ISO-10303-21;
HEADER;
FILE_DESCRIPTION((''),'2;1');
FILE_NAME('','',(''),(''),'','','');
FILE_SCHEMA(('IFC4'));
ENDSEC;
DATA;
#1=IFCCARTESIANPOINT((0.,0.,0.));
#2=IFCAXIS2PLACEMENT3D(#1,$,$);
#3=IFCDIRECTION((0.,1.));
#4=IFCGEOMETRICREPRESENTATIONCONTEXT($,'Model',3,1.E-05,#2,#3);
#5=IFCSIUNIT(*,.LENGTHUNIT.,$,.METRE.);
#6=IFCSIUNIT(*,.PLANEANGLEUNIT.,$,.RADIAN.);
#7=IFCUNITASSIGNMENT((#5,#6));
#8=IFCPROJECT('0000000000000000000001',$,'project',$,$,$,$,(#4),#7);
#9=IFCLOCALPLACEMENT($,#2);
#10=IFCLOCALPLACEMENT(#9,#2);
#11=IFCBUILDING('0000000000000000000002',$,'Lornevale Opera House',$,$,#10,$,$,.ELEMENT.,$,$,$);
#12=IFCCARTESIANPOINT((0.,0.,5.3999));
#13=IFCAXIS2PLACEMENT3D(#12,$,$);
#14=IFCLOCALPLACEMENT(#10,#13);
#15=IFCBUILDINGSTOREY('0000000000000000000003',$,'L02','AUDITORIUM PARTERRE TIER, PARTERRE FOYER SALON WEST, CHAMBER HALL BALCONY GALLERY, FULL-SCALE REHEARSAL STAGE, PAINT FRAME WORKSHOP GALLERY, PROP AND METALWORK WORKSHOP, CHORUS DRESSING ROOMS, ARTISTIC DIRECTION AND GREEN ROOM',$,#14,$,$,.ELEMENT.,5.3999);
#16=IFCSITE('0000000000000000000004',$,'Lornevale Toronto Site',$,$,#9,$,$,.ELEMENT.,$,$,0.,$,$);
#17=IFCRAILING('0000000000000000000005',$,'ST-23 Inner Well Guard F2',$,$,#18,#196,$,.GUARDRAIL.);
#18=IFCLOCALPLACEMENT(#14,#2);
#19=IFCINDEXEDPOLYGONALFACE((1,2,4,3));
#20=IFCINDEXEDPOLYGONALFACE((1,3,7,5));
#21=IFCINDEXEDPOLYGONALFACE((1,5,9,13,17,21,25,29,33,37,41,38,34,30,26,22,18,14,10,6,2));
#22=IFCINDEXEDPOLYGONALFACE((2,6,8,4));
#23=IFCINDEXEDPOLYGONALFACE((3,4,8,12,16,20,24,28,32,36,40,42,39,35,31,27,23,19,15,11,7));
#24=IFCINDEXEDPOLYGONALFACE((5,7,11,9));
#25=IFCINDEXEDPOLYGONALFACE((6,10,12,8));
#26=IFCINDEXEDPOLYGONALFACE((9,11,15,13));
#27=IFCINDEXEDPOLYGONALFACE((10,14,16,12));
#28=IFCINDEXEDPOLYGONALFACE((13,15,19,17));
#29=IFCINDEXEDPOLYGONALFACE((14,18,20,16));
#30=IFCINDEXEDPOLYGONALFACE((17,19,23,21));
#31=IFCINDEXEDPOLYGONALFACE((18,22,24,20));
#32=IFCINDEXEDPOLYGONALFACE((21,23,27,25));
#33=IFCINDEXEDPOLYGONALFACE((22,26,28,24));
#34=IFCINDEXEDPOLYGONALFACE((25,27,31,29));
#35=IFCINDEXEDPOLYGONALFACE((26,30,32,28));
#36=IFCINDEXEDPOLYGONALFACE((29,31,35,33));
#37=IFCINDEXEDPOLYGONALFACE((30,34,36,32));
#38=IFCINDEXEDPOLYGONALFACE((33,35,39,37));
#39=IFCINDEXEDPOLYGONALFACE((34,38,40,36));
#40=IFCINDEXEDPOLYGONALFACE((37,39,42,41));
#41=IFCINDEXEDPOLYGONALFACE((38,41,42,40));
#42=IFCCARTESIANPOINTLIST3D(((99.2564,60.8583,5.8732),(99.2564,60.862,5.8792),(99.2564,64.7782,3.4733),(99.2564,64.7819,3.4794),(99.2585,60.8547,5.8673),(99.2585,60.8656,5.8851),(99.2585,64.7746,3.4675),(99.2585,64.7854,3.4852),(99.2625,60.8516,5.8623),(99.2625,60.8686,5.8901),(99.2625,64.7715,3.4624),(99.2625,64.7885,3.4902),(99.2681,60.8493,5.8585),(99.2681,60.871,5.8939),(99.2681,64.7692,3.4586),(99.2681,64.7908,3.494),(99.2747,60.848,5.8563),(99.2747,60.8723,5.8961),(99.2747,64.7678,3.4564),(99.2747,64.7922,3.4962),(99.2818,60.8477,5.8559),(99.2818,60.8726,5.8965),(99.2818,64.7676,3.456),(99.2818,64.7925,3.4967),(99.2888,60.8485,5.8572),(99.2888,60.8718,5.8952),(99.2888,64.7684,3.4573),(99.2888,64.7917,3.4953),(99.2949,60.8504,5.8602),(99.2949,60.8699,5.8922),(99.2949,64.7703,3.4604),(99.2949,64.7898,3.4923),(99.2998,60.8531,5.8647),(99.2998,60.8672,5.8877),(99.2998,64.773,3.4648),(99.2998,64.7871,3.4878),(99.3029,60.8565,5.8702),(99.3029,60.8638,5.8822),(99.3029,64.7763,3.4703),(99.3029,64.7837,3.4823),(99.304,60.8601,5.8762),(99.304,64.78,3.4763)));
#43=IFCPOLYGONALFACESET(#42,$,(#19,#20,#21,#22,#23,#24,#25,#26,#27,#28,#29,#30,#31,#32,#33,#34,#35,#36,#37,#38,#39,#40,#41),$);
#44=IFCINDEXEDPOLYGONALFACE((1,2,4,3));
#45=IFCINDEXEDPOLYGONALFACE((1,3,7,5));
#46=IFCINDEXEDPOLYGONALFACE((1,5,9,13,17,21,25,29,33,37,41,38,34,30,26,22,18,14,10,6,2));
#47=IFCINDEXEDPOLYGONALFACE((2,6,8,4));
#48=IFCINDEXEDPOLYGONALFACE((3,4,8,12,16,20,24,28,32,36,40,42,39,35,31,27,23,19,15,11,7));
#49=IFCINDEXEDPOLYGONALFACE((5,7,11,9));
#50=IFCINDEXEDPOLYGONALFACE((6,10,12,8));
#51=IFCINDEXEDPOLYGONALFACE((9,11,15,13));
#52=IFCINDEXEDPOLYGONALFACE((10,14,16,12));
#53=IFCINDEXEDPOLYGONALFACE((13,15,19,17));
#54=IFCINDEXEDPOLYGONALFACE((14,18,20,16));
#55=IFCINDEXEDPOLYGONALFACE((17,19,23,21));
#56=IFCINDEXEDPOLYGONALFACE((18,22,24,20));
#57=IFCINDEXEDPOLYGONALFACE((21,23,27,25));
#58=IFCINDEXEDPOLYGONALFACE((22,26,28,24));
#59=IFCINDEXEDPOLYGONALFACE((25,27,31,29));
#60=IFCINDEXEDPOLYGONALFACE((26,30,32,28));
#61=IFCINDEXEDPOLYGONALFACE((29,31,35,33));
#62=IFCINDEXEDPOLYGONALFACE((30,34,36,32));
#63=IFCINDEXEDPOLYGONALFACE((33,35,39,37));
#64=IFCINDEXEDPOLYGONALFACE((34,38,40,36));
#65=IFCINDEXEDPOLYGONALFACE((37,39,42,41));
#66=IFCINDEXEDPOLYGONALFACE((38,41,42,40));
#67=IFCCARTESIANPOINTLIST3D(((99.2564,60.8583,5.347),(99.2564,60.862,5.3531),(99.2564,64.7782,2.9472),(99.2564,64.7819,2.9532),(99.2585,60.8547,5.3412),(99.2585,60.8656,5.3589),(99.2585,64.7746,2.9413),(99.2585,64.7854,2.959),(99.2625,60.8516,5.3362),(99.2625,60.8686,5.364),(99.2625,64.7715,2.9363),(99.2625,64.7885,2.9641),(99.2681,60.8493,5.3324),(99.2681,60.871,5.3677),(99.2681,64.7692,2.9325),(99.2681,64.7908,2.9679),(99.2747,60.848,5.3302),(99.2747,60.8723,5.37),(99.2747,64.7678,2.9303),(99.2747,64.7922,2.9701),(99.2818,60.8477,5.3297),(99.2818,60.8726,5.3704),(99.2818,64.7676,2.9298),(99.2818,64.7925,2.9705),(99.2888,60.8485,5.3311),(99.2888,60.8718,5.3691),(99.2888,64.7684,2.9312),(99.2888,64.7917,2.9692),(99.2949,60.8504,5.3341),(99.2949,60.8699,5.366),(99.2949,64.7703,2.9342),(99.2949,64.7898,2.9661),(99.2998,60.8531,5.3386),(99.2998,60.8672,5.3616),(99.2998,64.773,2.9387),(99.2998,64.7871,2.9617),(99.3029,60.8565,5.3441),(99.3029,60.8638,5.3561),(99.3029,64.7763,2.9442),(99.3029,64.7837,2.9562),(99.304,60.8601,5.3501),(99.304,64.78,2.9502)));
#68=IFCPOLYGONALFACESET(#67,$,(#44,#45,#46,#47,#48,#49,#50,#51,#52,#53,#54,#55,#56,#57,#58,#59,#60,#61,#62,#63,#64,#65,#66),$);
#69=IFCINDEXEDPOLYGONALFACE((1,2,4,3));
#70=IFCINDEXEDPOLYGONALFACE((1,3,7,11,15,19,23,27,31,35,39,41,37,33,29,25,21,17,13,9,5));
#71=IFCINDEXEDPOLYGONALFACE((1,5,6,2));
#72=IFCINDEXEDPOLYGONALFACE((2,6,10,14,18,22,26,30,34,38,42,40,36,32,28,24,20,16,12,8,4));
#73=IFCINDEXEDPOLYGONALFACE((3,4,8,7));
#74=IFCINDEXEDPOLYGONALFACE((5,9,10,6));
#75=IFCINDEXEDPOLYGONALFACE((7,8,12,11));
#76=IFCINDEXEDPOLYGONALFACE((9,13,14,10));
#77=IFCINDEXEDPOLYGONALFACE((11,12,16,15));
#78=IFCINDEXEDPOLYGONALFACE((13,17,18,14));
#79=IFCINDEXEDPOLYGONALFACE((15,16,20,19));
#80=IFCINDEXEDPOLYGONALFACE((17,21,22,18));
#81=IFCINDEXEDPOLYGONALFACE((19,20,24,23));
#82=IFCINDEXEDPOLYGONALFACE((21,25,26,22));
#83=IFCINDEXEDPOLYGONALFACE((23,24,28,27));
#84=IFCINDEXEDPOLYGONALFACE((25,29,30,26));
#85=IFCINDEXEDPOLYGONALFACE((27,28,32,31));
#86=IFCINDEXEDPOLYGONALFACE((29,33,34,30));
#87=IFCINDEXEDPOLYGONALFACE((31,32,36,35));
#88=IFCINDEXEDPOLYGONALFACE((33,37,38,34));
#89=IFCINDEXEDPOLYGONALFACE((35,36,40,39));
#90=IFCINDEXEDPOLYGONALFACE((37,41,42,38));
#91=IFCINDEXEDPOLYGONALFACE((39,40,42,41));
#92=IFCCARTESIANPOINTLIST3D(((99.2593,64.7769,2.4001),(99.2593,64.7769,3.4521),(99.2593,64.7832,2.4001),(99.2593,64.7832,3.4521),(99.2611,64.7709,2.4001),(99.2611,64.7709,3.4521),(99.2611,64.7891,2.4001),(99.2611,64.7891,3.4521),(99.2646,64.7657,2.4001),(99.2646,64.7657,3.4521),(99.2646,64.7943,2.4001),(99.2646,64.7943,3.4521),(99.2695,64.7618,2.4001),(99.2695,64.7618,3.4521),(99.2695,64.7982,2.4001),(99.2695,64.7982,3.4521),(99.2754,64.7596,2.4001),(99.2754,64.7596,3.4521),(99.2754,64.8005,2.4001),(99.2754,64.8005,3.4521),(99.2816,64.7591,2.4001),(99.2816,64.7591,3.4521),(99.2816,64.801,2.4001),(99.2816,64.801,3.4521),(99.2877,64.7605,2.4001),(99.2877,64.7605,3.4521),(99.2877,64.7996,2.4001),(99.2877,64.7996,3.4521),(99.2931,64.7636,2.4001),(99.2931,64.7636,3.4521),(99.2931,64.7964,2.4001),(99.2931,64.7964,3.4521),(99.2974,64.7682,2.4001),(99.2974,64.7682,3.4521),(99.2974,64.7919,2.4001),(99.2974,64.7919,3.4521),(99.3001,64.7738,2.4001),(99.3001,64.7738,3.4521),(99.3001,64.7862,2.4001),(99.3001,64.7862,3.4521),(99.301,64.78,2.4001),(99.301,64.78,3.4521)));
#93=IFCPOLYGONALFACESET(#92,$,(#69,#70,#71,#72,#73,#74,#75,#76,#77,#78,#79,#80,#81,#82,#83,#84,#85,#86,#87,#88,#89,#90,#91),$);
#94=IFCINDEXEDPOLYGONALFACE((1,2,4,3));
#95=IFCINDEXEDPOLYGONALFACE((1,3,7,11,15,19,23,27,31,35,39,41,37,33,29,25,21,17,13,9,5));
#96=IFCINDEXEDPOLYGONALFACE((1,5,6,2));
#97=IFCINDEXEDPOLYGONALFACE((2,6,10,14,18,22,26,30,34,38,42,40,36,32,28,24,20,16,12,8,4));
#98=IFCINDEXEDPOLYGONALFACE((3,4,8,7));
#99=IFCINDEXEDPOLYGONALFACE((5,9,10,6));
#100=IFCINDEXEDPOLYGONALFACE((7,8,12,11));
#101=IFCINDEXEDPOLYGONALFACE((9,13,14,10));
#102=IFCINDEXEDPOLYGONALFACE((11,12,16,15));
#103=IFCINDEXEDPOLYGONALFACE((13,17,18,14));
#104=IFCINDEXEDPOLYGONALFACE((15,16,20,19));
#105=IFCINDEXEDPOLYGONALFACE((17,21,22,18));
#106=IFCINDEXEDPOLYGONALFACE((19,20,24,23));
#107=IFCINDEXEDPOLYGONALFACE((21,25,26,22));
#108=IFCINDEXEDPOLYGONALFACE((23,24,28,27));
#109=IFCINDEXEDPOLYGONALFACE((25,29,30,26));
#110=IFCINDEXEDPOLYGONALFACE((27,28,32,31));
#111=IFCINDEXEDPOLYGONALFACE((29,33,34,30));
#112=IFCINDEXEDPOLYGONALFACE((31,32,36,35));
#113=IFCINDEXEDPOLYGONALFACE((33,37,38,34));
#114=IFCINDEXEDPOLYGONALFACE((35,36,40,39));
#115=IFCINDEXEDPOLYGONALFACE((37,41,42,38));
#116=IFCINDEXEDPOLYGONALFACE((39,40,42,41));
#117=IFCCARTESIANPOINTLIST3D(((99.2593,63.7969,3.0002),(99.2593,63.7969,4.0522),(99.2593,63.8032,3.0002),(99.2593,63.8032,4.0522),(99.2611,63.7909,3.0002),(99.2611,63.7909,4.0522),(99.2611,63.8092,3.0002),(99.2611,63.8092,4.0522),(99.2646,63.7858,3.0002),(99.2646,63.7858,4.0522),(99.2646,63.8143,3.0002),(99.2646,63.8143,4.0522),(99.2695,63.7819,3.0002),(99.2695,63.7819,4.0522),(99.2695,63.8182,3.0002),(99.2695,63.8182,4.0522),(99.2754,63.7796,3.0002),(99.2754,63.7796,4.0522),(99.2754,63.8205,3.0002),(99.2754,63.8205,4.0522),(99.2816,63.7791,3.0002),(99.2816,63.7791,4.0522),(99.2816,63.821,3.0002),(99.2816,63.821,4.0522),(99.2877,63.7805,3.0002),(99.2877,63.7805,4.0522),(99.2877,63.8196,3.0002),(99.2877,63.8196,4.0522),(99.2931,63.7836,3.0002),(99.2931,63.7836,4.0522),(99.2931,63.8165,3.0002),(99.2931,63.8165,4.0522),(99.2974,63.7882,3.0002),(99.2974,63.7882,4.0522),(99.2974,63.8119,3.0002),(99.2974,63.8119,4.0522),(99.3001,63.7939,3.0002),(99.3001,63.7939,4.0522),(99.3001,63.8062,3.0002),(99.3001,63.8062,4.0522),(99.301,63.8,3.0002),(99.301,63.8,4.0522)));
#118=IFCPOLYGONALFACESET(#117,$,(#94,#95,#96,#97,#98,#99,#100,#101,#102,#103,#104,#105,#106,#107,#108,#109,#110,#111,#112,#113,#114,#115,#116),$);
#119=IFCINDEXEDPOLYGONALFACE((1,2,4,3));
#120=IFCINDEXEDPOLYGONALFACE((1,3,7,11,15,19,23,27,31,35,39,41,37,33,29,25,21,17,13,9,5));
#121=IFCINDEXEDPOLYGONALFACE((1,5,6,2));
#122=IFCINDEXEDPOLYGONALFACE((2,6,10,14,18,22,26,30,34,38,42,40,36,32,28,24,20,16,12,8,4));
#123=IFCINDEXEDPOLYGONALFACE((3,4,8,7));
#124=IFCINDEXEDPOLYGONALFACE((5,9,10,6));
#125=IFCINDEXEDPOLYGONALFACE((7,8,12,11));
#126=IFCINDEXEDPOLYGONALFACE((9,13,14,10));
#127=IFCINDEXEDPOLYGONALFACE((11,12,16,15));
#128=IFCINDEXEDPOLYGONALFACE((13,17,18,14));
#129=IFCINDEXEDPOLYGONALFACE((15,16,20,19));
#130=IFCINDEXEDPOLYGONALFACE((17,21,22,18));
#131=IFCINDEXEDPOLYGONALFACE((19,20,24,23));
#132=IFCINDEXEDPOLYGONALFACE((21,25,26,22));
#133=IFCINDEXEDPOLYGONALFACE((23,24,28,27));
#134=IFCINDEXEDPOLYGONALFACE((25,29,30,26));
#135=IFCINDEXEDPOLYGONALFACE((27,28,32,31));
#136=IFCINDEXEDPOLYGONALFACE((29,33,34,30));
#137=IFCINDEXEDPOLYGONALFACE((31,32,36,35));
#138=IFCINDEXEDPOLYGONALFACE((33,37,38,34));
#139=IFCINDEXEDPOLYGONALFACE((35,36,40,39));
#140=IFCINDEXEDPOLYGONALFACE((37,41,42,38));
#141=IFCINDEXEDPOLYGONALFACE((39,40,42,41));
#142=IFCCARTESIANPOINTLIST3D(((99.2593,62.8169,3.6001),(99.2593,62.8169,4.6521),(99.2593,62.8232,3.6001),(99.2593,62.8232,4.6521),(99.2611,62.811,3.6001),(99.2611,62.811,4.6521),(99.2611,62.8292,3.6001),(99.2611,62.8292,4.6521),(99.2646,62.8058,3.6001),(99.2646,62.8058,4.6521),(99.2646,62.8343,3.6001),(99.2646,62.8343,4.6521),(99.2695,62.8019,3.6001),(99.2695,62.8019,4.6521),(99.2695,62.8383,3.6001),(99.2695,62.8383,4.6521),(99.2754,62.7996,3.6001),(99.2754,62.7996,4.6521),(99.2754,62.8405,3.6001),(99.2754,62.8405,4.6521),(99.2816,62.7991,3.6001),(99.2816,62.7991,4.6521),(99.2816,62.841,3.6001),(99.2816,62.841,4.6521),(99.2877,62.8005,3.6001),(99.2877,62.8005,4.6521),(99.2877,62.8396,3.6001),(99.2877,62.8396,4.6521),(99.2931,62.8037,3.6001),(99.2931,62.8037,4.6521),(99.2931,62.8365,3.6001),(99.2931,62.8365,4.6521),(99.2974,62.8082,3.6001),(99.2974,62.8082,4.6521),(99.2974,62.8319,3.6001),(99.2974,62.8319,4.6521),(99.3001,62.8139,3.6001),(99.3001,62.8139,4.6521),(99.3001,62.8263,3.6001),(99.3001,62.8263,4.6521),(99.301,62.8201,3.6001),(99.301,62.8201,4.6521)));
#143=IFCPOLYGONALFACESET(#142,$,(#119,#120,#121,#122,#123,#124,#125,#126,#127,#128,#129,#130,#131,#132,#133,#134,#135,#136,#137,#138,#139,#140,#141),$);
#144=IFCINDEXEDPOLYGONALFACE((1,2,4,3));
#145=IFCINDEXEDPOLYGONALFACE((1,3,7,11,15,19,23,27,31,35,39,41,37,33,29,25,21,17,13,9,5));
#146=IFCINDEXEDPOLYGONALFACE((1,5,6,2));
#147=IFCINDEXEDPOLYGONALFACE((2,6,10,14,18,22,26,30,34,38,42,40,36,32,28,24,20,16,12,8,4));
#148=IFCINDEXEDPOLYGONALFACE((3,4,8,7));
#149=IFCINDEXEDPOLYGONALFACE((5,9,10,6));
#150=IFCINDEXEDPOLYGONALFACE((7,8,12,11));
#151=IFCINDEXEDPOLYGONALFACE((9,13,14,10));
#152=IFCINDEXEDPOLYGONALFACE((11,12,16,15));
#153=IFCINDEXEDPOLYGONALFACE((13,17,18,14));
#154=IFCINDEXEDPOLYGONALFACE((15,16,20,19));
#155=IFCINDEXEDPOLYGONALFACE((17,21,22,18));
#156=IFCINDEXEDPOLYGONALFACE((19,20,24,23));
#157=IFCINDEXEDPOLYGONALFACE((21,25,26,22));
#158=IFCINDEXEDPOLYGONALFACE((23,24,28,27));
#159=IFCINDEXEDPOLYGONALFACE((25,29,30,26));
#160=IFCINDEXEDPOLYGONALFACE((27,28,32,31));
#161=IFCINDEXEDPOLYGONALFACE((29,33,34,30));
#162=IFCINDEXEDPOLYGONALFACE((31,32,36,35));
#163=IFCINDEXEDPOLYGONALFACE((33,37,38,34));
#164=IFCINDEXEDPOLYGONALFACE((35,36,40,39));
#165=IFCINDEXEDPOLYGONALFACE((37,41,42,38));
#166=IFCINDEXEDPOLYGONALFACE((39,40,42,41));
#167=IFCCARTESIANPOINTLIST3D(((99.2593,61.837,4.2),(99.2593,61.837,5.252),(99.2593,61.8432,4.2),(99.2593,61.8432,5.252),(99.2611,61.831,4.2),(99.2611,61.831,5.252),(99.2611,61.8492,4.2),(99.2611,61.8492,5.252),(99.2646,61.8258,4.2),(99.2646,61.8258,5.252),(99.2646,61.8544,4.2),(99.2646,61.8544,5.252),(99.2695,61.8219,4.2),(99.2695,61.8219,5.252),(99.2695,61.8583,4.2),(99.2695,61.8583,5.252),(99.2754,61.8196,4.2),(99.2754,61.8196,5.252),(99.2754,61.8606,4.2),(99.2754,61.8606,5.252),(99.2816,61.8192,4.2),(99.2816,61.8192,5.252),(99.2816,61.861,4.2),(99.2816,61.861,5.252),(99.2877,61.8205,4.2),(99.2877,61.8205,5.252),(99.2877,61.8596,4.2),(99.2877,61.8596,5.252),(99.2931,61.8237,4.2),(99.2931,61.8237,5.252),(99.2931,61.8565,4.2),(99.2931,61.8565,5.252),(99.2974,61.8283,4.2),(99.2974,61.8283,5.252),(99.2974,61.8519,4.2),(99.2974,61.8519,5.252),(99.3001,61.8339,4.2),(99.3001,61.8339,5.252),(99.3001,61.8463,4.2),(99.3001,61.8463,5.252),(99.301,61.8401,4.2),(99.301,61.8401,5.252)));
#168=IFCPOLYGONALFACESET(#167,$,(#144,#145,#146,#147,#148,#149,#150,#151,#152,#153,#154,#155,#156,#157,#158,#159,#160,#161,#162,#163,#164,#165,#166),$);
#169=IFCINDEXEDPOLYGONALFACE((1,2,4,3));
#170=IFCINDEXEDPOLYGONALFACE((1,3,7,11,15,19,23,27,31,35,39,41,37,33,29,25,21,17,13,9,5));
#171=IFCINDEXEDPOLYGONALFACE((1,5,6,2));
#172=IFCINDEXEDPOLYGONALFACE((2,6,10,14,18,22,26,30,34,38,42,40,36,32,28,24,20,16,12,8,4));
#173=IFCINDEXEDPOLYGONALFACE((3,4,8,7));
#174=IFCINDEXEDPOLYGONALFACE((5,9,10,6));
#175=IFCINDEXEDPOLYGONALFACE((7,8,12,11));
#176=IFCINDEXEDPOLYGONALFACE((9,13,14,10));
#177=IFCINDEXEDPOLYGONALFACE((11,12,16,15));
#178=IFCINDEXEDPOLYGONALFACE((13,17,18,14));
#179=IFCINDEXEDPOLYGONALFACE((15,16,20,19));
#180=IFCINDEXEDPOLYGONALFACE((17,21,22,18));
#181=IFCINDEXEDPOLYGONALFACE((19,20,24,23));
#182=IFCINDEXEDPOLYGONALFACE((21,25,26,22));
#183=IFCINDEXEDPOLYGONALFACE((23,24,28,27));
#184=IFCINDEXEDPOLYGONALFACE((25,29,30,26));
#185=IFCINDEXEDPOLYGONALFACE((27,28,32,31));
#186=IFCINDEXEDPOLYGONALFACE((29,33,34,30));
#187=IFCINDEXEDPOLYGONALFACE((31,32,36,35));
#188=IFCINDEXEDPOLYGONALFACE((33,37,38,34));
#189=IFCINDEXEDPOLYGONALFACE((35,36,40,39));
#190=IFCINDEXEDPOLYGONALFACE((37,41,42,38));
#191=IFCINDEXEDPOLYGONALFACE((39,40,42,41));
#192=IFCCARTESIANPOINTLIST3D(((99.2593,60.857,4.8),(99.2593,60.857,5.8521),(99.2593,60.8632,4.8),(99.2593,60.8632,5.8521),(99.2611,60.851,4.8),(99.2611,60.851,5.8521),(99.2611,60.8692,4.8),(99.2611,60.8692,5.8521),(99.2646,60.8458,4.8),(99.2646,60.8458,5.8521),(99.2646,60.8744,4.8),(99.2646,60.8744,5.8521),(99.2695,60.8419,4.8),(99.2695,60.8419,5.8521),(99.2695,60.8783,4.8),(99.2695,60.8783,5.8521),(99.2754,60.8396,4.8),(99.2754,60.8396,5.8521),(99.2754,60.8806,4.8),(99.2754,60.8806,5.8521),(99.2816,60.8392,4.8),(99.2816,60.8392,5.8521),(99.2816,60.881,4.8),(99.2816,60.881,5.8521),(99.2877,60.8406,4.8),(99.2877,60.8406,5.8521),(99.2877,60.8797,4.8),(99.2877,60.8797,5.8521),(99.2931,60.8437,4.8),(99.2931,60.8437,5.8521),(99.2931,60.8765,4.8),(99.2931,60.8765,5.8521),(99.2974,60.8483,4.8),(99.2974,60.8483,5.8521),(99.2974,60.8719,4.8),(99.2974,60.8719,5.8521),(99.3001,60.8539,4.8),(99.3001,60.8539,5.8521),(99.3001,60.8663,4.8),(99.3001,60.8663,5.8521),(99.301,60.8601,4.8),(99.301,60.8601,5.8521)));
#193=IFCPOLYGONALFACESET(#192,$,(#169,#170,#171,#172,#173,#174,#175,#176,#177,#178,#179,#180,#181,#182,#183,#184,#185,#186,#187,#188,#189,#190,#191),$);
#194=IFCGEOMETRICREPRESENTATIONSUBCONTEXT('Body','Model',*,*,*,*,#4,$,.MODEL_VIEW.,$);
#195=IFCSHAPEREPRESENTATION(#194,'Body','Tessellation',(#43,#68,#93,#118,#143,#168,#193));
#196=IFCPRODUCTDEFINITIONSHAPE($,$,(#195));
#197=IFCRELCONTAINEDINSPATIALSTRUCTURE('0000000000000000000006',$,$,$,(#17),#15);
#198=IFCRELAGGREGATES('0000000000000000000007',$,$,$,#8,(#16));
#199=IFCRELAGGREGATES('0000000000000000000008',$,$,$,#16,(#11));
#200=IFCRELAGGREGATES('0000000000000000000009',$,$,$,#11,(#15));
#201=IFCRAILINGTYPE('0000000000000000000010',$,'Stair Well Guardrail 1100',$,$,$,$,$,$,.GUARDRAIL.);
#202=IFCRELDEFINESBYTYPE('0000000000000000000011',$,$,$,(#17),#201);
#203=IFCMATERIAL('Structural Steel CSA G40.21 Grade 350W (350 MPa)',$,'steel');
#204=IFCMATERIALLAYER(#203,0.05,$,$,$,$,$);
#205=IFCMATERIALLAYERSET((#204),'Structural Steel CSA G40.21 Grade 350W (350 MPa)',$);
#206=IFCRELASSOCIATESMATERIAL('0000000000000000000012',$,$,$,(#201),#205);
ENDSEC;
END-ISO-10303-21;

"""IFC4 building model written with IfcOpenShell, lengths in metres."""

from ifc_helpers import new_model, si_unit, direction, frame, origin, origin_2d, place, context, subcontext, project, spatial, circle, extrude, material, layer, layer_set, type_object, element, save


model = new_model("IFC4")

# Units and contexts
model_context = context("Model", 3, precision=1e-05, world=origin(), true_north=direction((0.0, 1.0)))
body_context = subcontext(model_context, "Body", "Model", "MODEL_VIEW")
ifc_project = project(units=[si_unit("LENGTHUNIT", "METRE"), si_unit("PLANEANGLEUNIT", "RADIAN")], contexts=[model_context])

# Site, building, storey
site_placement = place(None, origin())
site = spatial("IfcSite", under=ifc_project, at=site_placement, Name="Lornevale Toronto Site", CompositionType="ELEMENT", RefElevation=0.0)
building_placement = place(site_placement, origin())
building = spatial("IfcBuilding", under=site, at=building_placement, Name="Lornevale Opera House", CompositionType="ELEMENT")
storey_placement = place(building_placement, frame((0.0, 0.0, 5.3999)))
storey = spatial("IfcBuildingStorey", under=building, at=storey_placement, Name="L02", Description="AUDITORIUM PARTERRE TIER, PARTERRE FOYER SALON WEST, CHAMBER HALL BALCONY GALLERY, FULL-SCALE REHEARSAL STAGE, PAINT FRAME WORKSHOP GALLERY, PROP AND METALWORK WORKSHOP, CHORUS DRESSING ROOMS, ARTISTIC DIRECTION AND GREEN ROOM", CompositionType="ELEMENT", Elevation=5.3999)

# Railing
ifc_material_1 = material(Name="Structural Steel CSA G40.21 Grade 350W (350 MPa)", Category="steel")
ifc_layer_1 = layer(ifc_material_1, 0.05)
ifc_layer_set_1 = layer_set([ifc_layer_1], Name="Structural Steel CSA G40.21 Grade 350W (350 MPa)")
railing_type_1 = type_object("IfcRailingType", Name="Stair Well Guardrail 1100", PredefinedType="GUARDRAIL", material=ifc_layer_set_1)
railing_1_placement = place(storey_placement, frame((99.28, 64.78, 2.4001)))
element("IfcRailing", 1, at=railing_1_placement, inside=storey, type_object=railing_type_1, Name="ST-23 Inner Well Guard F2", PredefinedType="GUARDRAIL", context=body_context, shape_type="SweptSolid", body=[
    extrude(circle(Radius=0.0239, at=origin_2d()), frame((0.0, 0.0, 1.0762), z_axis=(0.0, -0.852856, 0.522146), x_axis=(1.0, 0.0, 0.0)), (0.0, 0.0, 1.0), 4.5962),
    extrude(circle(Radius=0.0239, at=origin_2d()), frame((0.0, 0.0, 0.55), z_axis=(0.0, -0.852856, 0.522146), x_axis=(1.0, 0.0, 0.0)), (0.0, 0.0, 1.0), 4.5962),
    extrude(circle(Radius=0.021, at=origin_2d()), origin(), (0.0, 0.0, 1.0), 1.052),
    extrude(circle(Radius=0.021, at=origin_2d()), frame((0.0, -0.98, 0.6001)), (0.0, 0.0, 1.0), 1.052),
    extrude(circle(Radius=0.021, at=origin_2d()), frame((0.0, -1.96, 1.2)), (0.0, 0.0, 1.0), 1.052),
    extrude(circle(Radius=0.021, at=origin_2d()), frame((0.0, -2.9399, 1.7998)), (0.0, 0.0, 1.0), 1.052),
    extrude(circle(Radius=0.021, at=origin_2d()), frame((0.0, -3.9199, 2.3999)), (0.0, 0.0, 1.0), 1.052),
])

save(model, "model.ifc")
